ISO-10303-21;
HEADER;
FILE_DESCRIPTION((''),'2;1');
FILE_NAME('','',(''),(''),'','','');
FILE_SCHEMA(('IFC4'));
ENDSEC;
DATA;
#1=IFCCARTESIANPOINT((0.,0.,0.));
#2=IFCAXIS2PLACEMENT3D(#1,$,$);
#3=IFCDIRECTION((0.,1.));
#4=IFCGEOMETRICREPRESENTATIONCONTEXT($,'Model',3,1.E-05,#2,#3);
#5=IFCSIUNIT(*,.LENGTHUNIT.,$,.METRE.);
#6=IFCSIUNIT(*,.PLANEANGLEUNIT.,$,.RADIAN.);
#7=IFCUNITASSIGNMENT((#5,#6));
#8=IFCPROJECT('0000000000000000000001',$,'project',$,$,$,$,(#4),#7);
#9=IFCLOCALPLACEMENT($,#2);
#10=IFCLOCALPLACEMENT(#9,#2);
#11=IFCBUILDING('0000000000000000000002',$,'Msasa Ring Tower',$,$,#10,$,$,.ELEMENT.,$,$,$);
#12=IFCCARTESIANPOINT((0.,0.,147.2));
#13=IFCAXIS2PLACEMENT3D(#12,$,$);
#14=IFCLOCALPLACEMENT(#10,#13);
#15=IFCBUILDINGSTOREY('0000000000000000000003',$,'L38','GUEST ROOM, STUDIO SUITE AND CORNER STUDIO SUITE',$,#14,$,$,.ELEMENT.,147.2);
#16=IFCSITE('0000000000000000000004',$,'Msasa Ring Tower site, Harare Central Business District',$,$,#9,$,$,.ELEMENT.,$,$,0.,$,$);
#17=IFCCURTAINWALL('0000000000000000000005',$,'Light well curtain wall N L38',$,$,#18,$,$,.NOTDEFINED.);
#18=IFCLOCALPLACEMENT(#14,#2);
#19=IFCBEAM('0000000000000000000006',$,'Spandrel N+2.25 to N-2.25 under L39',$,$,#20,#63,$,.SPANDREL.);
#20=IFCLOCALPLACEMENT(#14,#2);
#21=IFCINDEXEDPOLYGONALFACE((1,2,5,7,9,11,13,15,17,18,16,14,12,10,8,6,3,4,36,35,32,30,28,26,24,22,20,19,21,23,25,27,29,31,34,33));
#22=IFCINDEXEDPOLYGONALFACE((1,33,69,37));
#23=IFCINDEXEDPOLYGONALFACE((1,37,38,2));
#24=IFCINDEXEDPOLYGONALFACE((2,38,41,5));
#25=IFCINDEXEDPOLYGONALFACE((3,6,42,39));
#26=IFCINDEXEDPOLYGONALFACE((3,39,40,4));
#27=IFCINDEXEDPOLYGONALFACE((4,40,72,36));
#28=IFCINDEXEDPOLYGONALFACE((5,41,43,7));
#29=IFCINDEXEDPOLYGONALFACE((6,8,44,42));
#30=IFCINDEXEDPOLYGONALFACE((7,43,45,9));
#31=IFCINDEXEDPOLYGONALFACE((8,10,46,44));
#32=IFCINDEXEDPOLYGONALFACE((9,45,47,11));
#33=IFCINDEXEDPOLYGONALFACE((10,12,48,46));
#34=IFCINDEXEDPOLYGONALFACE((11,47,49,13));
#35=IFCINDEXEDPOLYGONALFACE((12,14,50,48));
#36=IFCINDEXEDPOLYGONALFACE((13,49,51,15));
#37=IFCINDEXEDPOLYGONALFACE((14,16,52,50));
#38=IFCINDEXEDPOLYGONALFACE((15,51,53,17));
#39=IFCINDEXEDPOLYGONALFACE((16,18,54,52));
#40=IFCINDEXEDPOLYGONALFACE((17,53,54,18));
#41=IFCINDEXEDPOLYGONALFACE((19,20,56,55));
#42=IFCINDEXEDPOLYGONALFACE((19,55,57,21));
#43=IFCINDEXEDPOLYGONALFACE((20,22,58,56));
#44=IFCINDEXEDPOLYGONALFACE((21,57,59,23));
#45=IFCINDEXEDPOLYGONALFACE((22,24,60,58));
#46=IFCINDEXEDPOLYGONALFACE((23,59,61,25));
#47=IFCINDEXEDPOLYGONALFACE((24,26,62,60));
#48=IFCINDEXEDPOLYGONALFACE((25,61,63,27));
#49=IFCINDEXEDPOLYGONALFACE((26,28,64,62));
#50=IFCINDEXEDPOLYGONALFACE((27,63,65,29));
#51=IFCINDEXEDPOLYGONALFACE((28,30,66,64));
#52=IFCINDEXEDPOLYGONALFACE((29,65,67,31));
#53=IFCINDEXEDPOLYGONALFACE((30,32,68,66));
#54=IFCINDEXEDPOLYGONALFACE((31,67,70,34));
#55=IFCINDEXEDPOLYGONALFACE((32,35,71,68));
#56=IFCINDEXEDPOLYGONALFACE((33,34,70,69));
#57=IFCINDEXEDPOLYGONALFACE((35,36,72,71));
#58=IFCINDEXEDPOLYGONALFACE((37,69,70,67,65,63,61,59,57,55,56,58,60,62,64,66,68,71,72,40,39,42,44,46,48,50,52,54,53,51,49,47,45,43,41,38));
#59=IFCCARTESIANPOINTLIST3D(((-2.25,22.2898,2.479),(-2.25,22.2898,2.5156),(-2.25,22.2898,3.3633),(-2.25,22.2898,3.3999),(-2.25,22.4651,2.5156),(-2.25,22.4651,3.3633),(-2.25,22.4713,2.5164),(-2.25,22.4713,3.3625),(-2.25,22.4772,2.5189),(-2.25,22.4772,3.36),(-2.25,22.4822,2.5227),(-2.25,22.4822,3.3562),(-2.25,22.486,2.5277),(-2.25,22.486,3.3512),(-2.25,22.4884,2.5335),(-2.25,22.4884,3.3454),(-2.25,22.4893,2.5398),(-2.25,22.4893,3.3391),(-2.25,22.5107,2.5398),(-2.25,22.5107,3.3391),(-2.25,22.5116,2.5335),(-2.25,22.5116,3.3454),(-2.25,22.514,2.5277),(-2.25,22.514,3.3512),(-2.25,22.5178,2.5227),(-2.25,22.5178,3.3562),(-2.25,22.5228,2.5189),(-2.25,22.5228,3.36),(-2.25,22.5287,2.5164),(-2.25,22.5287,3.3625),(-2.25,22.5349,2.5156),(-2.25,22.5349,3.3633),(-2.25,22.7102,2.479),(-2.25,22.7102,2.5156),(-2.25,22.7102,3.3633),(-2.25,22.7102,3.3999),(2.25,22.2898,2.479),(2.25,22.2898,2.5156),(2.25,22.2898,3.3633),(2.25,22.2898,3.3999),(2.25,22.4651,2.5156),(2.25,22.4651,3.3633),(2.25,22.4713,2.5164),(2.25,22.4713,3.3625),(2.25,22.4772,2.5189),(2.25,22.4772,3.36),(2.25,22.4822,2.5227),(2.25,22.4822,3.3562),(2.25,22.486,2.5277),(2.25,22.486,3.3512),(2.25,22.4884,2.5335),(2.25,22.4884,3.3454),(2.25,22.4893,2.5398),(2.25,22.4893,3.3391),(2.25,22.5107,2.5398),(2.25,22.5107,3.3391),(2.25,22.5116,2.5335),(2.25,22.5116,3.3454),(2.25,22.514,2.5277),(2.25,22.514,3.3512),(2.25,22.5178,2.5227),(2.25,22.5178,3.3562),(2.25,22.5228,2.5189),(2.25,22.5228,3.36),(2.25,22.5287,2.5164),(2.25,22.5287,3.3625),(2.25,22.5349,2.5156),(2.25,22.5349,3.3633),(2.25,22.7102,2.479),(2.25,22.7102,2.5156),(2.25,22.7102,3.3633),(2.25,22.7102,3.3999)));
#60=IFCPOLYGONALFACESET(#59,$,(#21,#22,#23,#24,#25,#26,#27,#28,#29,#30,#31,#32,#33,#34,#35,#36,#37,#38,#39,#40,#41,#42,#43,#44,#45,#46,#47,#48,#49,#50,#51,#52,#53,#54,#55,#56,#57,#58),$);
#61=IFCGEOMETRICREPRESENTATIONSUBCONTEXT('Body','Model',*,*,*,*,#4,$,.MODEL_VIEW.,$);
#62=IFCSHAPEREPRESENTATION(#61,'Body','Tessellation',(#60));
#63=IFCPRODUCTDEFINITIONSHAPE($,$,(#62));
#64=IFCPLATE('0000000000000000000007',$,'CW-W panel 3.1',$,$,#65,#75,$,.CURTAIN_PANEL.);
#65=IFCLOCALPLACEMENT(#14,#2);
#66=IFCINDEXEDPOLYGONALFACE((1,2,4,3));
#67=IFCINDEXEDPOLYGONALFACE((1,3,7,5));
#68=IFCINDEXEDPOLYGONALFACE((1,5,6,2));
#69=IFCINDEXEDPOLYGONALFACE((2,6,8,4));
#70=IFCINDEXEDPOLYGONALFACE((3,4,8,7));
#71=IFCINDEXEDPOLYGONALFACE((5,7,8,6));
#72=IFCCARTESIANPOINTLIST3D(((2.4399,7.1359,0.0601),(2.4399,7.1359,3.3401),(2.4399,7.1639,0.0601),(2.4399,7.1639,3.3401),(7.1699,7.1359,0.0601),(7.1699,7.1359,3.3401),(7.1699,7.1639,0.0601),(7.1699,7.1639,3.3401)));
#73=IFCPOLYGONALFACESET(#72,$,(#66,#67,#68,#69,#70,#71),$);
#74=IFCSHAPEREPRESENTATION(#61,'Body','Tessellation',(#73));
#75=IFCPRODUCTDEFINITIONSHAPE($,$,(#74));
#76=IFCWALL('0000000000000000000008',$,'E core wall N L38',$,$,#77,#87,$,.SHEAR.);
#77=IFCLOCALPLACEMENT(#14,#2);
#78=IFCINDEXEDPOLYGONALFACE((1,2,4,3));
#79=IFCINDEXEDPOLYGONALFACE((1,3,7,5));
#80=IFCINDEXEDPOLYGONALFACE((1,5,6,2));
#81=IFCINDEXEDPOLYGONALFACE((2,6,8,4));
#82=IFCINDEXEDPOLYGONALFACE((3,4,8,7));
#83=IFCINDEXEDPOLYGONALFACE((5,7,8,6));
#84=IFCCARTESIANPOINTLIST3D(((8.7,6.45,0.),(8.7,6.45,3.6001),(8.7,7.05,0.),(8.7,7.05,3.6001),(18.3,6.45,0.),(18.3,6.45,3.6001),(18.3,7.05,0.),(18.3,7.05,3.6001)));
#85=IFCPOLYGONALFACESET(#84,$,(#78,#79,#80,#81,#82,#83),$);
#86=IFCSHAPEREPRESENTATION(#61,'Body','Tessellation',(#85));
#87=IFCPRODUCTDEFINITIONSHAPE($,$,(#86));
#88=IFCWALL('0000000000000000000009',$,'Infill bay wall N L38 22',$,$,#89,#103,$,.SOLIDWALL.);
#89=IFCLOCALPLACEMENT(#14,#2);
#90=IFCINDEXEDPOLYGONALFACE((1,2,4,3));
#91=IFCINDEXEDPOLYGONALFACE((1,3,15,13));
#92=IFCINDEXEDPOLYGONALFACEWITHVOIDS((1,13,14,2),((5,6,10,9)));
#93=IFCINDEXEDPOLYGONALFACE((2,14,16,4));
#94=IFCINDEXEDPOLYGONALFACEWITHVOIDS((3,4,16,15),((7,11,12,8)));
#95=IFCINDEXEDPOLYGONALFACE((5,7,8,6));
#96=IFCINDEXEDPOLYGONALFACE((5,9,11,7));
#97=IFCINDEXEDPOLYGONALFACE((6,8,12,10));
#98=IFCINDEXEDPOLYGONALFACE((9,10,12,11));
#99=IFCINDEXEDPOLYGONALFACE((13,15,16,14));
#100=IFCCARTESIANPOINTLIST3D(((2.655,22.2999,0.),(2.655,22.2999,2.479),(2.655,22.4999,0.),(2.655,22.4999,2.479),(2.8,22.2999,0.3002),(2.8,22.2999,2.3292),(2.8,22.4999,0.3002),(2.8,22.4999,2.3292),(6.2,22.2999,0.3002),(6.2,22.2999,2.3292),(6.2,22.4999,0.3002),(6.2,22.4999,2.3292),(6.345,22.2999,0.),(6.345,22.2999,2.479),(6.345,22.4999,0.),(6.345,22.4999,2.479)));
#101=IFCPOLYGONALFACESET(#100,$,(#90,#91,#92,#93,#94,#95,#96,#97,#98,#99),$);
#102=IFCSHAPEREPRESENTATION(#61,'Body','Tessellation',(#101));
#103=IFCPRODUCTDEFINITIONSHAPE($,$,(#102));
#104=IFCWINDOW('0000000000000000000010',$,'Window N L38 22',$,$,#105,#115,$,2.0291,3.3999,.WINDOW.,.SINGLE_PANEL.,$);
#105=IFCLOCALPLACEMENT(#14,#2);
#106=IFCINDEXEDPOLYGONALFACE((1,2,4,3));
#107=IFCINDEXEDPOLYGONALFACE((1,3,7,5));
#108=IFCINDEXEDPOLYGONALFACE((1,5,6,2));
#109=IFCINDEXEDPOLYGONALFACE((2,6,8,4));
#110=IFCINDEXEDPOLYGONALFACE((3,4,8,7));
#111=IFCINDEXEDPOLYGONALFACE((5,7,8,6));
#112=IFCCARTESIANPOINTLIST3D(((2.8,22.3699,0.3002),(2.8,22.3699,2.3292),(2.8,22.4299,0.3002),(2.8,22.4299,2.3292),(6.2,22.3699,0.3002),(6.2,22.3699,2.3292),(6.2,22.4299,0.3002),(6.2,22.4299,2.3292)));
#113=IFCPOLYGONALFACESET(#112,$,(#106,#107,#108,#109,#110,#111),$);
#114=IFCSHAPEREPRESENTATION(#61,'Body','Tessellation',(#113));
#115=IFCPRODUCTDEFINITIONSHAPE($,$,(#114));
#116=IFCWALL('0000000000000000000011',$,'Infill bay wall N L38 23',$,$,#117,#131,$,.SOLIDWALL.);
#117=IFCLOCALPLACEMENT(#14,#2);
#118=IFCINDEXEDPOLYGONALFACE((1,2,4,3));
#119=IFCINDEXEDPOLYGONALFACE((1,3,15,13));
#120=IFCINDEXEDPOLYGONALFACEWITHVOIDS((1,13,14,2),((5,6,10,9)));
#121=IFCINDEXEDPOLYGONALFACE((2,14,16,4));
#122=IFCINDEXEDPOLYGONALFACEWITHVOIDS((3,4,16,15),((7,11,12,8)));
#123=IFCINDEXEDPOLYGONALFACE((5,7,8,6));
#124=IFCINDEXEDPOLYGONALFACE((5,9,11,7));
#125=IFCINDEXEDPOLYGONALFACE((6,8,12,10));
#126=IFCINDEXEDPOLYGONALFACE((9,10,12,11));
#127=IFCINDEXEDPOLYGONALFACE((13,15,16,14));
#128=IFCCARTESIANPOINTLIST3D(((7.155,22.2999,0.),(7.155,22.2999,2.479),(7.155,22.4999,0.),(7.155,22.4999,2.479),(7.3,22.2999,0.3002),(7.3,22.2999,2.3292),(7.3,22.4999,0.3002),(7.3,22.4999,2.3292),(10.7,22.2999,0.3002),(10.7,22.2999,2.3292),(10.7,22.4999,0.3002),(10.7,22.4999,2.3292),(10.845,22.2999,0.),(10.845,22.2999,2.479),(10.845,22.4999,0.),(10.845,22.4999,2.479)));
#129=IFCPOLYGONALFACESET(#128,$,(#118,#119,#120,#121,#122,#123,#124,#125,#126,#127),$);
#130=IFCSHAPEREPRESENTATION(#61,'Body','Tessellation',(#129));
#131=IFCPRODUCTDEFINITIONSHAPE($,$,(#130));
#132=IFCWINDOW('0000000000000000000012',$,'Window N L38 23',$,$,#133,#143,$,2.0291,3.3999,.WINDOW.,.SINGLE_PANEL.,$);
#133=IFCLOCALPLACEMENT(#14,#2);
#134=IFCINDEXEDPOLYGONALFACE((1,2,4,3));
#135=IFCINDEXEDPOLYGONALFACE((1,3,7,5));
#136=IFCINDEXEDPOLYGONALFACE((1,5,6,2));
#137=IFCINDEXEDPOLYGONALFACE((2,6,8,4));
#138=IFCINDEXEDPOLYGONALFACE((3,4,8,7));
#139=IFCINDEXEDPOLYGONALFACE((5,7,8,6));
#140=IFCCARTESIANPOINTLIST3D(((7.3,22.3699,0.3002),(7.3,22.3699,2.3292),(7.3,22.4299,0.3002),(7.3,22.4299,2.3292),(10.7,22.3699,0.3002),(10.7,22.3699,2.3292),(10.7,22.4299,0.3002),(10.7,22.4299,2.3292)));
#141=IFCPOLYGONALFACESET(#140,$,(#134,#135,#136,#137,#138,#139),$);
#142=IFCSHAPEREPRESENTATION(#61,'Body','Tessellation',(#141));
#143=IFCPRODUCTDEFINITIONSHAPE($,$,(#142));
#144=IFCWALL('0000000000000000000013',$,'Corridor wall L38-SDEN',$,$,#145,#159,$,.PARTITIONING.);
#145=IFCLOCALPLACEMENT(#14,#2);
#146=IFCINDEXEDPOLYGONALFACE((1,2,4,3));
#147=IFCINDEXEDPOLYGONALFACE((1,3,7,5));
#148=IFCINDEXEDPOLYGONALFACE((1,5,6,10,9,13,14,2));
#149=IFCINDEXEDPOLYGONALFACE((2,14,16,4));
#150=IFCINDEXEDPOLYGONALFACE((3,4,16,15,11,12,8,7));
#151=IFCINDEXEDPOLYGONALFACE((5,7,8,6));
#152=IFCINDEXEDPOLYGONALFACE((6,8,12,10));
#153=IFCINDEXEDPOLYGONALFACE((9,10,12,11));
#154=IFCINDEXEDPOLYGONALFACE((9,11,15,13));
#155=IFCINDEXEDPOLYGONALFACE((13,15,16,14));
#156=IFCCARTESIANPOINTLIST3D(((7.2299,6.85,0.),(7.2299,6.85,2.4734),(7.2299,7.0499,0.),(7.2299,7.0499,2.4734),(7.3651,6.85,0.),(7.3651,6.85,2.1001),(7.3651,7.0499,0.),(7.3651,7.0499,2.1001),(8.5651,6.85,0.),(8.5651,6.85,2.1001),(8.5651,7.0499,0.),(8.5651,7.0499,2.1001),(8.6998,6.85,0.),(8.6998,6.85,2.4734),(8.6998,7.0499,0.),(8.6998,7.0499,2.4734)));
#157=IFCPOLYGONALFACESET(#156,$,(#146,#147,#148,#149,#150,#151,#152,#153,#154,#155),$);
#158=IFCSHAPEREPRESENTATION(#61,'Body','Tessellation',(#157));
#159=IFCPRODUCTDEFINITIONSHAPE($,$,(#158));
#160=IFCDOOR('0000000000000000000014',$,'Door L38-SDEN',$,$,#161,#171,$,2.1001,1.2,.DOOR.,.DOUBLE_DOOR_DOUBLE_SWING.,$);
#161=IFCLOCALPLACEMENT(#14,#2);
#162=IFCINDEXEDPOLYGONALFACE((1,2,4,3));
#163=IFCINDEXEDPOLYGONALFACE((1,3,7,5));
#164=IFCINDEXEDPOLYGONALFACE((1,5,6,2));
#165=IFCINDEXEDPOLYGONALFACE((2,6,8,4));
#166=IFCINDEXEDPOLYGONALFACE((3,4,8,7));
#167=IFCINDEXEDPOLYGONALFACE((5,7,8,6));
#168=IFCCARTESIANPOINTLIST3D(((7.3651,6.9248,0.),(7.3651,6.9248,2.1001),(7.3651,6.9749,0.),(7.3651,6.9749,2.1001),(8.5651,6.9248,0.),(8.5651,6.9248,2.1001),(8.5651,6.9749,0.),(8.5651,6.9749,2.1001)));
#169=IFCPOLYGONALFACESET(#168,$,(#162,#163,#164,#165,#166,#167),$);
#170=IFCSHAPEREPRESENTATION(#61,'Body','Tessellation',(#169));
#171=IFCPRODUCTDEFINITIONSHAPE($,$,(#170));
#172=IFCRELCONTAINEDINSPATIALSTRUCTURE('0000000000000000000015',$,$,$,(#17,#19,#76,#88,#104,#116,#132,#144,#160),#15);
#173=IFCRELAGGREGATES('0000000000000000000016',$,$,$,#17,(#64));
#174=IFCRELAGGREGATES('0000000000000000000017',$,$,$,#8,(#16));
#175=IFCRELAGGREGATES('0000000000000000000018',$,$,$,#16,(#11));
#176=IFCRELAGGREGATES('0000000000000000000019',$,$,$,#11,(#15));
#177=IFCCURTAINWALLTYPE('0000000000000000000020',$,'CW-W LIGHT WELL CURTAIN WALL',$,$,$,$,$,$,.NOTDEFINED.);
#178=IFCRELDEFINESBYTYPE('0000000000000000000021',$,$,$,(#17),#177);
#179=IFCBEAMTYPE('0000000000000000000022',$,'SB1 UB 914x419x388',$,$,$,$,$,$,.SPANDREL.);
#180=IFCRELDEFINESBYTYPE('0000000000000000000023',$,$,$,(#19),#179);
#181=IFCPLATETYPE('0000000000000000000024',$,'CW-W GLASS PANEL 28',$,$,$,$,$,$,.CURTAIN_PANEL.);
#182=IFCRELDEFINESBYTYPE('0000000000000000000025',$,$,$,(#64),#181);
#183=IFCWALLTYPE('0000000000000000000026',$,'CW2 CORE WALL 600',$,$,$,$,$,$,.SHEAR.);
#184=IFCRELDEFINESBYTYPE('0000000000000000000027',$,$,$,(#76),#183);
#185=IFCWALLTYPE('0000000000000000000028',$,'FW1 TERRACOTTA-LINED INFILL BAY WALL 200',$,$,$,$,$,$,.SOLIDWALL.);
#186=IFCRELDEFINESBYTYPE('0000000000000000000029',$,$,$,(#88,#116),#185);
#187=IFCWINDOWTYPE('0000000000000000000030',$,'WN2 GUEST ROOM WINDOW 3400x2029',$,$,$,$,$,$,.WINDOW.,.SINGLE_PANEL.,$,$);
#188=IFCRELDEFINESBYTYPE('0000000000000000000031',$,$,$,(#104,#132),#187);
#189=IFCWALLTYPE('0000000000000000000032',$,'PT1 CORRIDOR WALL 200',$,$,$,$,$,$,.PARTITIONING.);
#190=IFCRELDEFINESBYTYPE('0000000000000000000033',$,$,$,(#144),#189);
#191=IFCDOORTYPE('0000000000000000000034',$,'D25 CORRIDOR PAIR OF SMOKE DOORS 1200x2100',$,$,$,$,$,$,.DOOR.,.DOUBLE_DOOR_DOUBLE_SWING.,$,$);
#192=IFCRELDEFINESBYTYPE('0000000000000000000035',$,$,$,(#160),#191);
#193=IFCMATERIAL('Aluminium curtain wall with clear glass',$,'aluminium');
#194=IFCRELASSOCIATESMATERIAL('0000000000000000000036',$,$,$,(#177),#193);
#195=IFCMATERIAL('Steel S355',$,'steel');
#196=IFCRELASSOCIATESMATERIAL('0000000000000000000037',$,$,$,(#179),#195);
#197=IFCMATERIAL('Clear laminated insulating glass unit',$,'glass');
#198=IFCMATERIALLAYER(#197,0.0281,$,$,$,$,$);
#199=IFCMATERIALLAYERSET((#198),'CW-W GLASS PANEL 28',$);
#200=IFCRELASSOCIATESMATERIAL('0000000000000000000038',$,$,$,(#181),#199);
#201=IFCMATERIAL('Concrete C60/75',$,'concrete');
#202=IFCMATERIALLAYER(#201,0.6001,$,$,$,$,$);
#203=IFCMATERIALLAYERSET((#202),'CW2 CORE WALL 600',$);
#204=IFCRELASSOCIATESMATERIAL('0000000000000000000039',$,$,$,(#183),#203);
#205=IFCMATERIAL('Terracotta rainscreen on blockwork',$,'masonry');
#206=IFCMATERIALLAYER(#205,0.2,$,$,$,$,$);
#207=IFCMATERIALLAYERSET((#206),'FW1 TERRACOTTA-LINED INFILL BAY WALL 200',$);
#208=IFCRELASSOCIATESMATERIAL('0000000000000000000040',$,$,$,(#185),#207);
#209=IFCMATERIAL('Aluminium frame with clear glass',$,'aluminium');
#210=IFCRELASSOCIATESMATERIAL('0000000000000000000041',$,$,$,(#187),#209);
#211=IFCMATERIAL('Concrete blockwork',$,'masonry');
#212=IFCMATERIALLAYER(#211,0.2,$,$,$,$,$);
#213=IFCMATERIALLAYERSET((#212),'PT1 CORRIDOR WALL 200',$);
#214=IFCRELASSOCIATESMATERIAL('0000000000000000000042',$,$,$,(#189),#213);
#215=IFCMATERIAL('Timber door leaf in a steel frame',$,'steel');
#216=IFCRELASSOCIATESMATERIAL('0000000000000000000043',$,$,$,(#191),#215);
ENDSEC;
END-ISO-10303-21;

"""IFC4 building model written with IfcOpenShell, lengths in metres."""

from ifc_helpers import new_model, si_unit, direction, frame, frame_2d, origin, origin_2d, place, context, subcontext, project, spatial, rectangle, i_section, extrude, material, layer, layer_set, material_profile, profile_set, type_object, element, fill, aggregate, save


model = new_model("IFC4")

# Units and contexts
model_context = context("Model", 3, precision=1e-05, world=origin(), true_north=direction((0.0, 1.0)))
body_context = subcontext(model_context, "Body", "Model", "MODEL_VIEW")
ifc_project = project(units=[si_unit("LENGTHUNIT", "METRE"), si_unit("PLANEANGLEUNIT", "RADIAN")], contexts=[model_context])

# Site, building, storey
site_placement = place(None, origin())
site = spatial("IfcSite", under=ifc_project, at=site_placement, Name="Msasa Ring Tower site, Harare Central Business District", CompositionType="ELEMENT", RefElevation=0.0)
building_placement = place(site_placement, origin())
building = spatial("IfcBuilding", under=site, at=building_placement, Name="Msasa Ring Tower", CompositionType="ELEMENT")
storey_placement = place(building_placement, frame((0.0, 0.0, 147.2)))
storey = spatial("IfcBuildingStorey", under=building, at=storey_placement, Name="L38", Description="GUEST ROOM, STUDIO SUITE AND CORNER STUDIO SUITE", CompositionType="ELEMENT", Elevation=147.2)

# Curtain wall
ifc_material_1 = material(Name="Aluminium curtain wall with clear glass", Category="aluminium")
curtain_wall_type = type_object("IfcCurtainWallType", Name="CW-W LIGHT WELL CURTAIN WALL", PredefinedType="NOTDEFINED", material=ifc_material_1)
curtain_wall_1_placement = place(storey_placement, origin())
curtain_wall_1 = element("IfcCurtainWall", 1, at=curtain_wall_1_placement, inside=storey, type_object=curtain_wall_type, Name="Light well curtain wall N L38", PredefinedType="NOTDEFINED")

# Beam
ifc_material_2 = material(Name="Steel S355", Category="steel")
ifc_material_profile_1 = material_profile(ifc_material_2, i_section(OverallWidth=0.4204, OverallDepth=0.9209, WebThickness=0.0215, FlangeThickness=0.0366, FilletRadius=0.0242, at=origin_2d()), Name="UB 914x419x388")
ifc_profile_set_1 = profile_set([ifc_material_profile_1], Name="Steel S355")
beam_type_1 = type_object("IfcBeamType", Name="SB1 UB 914x419x388", PredefinedType="SPANDREL", material=ifc_profile_set_1)
for number, where, z_axis, x_axis, name in (
    (2, (2.25, 22.5, 2.9395), (-1.0, 0.0, 0.0), (0.0, -1.0, 0.0), "Spandrel N+2.25 to N-2.25 under L39"),
):
    element("IfcBeam", number, at=place(storey_placement, frame(where, z_axis=z_axis, x_axis=x_axis)), inside=storey, type_object=beam_type_1, Name=name, PredefinedType="SPANDREL", context=body_context, shape_type="SweptSolid", body=[
        extrude(i_section(OverallWidth=0.4204, OverallDepth=0.9209, WebThickness=0.0215, FlangeThickness=0.0366, FilletRadius=0.0242, at=origin_2d()), origin(), (0.0, 0.0, 1.0), 4.5),
    ])

# Plate
ifc_material_3 = material(Name="Clear laminated insulating glass unit", Category="glass")
ifc_layer_1 = layer(ifc_material_3, 0.0281)
ifc_layer_set_1 = layer_set([ifc_layer_1], Name="CW-W GLASS PANEL 28")
plate_type = type_object("IfcPlateType", Name="CW-W GLASS PANEL 28", PredefinedType="CURTAIN_PANEL", material=ifc_layer_set_1)
plate_placement = place(storey_placement, frame((4.8049, 7.1499, 0.0601), z_axis=(0.0, 0.0, 1.0), x_axis=(1.0, 0.0, 0.0)))
plate = element("IfcPlate", 3, at=plate_placement, type_object=plate_type, Name="CW-W panel 3.1", PredefinedType="CURTAIN_PANEL", context=body_context, shape_type="SweptSolid", body=[
    extrude(rectangle(XDim=4.73, YDim=0.0281, at=origin_2d()), origin(), (0.0, 0.0, 1.0), 3.28),
])
aggregate(curtain_wall_1, [plate])

# Wall
ifc_material_4 = material(Name="Concrete C60/75", Category="concrete")
ifc_layer_2 = layer(ifc_material_4, 0.6001)
ifc_layer_set_2 = layer_set([ifc_layer_2], Name="CW2 CORE WALL 600")
wall_type_1 = type_object("IfcWallType", Name="CW2 CORE WALL 600", PredefinedType="SHEAR", material=ifc_layer_set_2)
wall_1_placement = place(storey_placement, frame((8.7, 6.75, 0.0), z_axis=(0.0, 0.0, 1.0), x_axis=(1.0, 0.0, 0.0)))
element("IfcWall", 4, at=wall_1_placement, inside=storey, type_object=wall_type_1, Name="E core wall N L38", PredefinedType="SHEAR", context=body_context, shape_type="SweptSolid", body=[
    extrude(rectangle(XDim=9.6001, YDim=0.6001, at=frame_2d((4.8, 0.0))), origin(), (0.0, 0.0, 1.0), 3.6001),
])

# Walls, openings, windows
ifc_material_5 = material(Name="Terracotta rainscreen on blockwork", Category="masonry")
ifc_layer_3 = layer(ifc_material_5, 0.2)
ifc_layer_set_3 = layer_set([ifc_layer_3], Name="FW1 TERRACOTTA-LINED INFILL BAY WALL 200")
wall_type_2 = type_object("IfcWallType", Name="FW1 TERRACOTTA-LINED INFILL BAY WALL 200", PredefinedType="SOLIDWALL", material=ifc_layer_set_3)
wall_2_placement = place(storey_placement, frame((2.655, 22.3999, 0.0), z_axis=(0.0, 0.0, 1.0), x_axis=(1.0, 0.0, 0.0)))
wall_2 = element("IfcWall", 5, at=wall_2_placement, inside=storey, type_object=wall_type_2, Name="Infill bay wall N L38 22", PredefinedType="SOLIDWALL", context=body_context, shape_type="SweptSolid", body=[
    extrude(rectangle(XDim=3.6899, YDim=0.2, at=frame_2d((1.845, 0.0))), origin(), (0.0, 0.0, 1.0), 2.479),
])
opening_1_placement = place(wall_2_placement, frame((0.145, 0.0, 0.3)))
opening_1 = element("IfcOpeningElement", 6, at=opening_1_placement, cuts=wall_2, PredefinedType="OPENING", context=body_context, shape_type="SweptSolid", body=[
    extrude(rectangle(XDim=3.3999, YDim=2.0291, at=frame_2d((1.7, 1.0146))), frame((0.0, 0.1099, 0.0), z_axis=(0.0, -1.0, 0.0), x_axis=(1.0, 0.0, 0.0)), (0.0, 0.0, 1.0), 0.22),
])
ifc_material_6 = material(Name="Aluminium frame with clear glass", Category="aluminium")
window_type = type_object("IfcWindowType", Name="WN2 GUEST ROOM WINDOW 3400x2029", PartitioningType="SINGLE_PANEL", PredefinedType="WINDOW", material=ifc_material_6)
window_1_placement = place(opening_1_placement, origin())
window_1 = element("IfcWindow", 7, at=window_1_placement, inside=storey, type_object=window_type, Name="Window N L38 22", OverallHeight=2.0291, OverallWidth=3.3999, PartitioningType="SINGLE_PANEL", PredefinedType="WINDOW", context=body_context, shape_type="SweptSolid", body=[
    extrude(rectangle(XDim=3.3999, YDim=2.0291, at=frame_2d((1.7, 1.0146))), frame((0.0, 0.03, 0.0), z_axis=(0.0, -1.0, 0.0), x_axis=(1.0, 0.0, 0.0)), (0.0, 0.0, 1.0), 0.0601),
])
fill(opening_1, window_1)
wall_3_placement = place(storey_placement, frame((7.155, 22.3999, 0.0), z_axis=(0.0, 0.0, 1.0), x_axis=(1.0, 0.0, 0.0)))
wall_3 = element("IfcWall", 8, at=wall_3_placement, inside=storey, type_object=wall_type_2, Name="Infill bay wall N L38 23", PredefinedType="SOLIDWALL", context=body_context, shape_type="SweptSolid", body=[
    extrude(rectangle(XDim=3.6899, YDim=0.2, at=frame_2d((1.845, 0.0))), origin(), (0.0, 0.0, 1.0), 2.479),
])
opening_2_placement = place(wall_3_placement, frame((0.145, 0.0, 0.3)))
opening_2 = element("IfcOpeningElement", 9, at=opening_2_placement, cuts=wall_3, PredefinedType="OPENING", context=body_context, shape_type="SweptSolid", body=[
    extrude(rectangle(XDim=3.3999, YDim=2.0291, at=frame_2d((1.7, 1.0146))), frame((0.0, 0.1099, 0.0), z_axis=(0.0, -1.0, 0.0), x_axis=(1.0, 0.0, 0.0)), (0.0, 0.0, 1.0), 0.22),
])
window_2_placement = place(opening_2_placement, origin())
window_2 = element("IfcWindow", 10, at=window_2_placement, inside=storey, type_object=window_type, Name="Window N L38 23", OverallHeight=2.0291, OverallWidth=3.3999, PartitioningType="SINGLE_PANEL", PredefinedType="WINDOW", context=body_context, shape_type="SweptSolid", body=[
    extrude(rectangle(XDim=3.3999, YDim=2.0291, at=frame_2d((1.7, 1.0146))), frame((0.0, 0.03, 0.0), z_axis=(0.0, -1.0, 0.0), x_axis=(1.0, 0.0, 0.0)), (0.0, 0.0, 1.0), 0.0601),
])
fill(opening_2, window_2)

# Wall, opening, door
ifc_material_7 = material(Name="Concrete blockwork", Category="masonry")
ifc_layer_4 = layer(ifc_material_7, 0.2)
ifc_layer_set_4 = layer_set([ifc_layer_4], Name="PT1 CORRIDOR WALL 200")
wall_type_3 = type_object("IfcWallType", Name="PT1 CORRIDOR WALL 200", PredefinedType="PARTITIONING", material=ifc_layer_set_4)
wall_4_placement = place(storey_placement, frame((7.23, 6.95, 0.0), z_axis=(0.0, 0.0, 1.0), x_axis=(1.0, 0.0, 0.0)))
wall_4 = element("IfcWall", 11, at=wall_4_placement, inside=storey, type_object=wall_type_3, Name="Corridor wall L38-SDEN", PredefinedType="PARTITIONING", context=body_context, shape_type="SweptSolid", body=[
    extrude(rectangle(XDim=1.47, YDim=0.2, at=frame_2d((0.7349, 0.0))), origin(), (0.0, 0.0, 1.0), 2.4734),
])
opening_3_placement = place(wall_4_placement, frame((0.135, 0.0, 0.0)))
opening_3 = element("IfcOpeningElement", 12, at=opening_3_placement, cuts=wall_4, PredefinedType="OPENING", context=body_context, shape_type="SweptSolid", body=[
    extrude(rectangle(XDim=1.2, YDim=2.1001, at=frame_2d((0.6001, 1.05))), frame((0.0, 0.1099, 0.0), z_axis=(0.0, -1.0, 0.0), x_axis=(1.0, 0.0, 0.0)), (0.0, 0.0, 1.0), 0.22),
])
ifc_material_8 = material(Name="Timber door leaf in a steel frame", Category="steel")
door_type_1 = type_object("IfcDoorType", Name="D25 CORRIDOR PAIR OF SMOKE DOORS 1200x2100", OperationType="DOUBLE_DOOR_DOUBLE_SWING", PredefinedType="DOOR", material=ifc_material_8)
door_1_placement = place(opening_3_placement, origin())
door_1 = element("IfcDoor", 13, at=door_1_placement, inside=storey, type_object=door_type_1, Name="Door L38-SDEN", OperationType="DOUBLE_DOOR_DOUBLE_SWING", OverallHeight=2.1001, OverallWidth=1.2, PredefinedType="DOOR", context=body_context, shape_type="SweptSolid", body=[
    extrude(rectangle(XDim=1.2, YDim=2.1001, at=frame_2d((0.6001, 1.05))), frame((0.0, 0.0249, 0.0), z_axis=(0.0, -1.0, 0.0), x_axis=(1.0, 0.0, 0.0)), (0.0, 0.0, 1.0), 0.05),
])
fill(opening_3, door_1)

save(model, "model.ifc")
